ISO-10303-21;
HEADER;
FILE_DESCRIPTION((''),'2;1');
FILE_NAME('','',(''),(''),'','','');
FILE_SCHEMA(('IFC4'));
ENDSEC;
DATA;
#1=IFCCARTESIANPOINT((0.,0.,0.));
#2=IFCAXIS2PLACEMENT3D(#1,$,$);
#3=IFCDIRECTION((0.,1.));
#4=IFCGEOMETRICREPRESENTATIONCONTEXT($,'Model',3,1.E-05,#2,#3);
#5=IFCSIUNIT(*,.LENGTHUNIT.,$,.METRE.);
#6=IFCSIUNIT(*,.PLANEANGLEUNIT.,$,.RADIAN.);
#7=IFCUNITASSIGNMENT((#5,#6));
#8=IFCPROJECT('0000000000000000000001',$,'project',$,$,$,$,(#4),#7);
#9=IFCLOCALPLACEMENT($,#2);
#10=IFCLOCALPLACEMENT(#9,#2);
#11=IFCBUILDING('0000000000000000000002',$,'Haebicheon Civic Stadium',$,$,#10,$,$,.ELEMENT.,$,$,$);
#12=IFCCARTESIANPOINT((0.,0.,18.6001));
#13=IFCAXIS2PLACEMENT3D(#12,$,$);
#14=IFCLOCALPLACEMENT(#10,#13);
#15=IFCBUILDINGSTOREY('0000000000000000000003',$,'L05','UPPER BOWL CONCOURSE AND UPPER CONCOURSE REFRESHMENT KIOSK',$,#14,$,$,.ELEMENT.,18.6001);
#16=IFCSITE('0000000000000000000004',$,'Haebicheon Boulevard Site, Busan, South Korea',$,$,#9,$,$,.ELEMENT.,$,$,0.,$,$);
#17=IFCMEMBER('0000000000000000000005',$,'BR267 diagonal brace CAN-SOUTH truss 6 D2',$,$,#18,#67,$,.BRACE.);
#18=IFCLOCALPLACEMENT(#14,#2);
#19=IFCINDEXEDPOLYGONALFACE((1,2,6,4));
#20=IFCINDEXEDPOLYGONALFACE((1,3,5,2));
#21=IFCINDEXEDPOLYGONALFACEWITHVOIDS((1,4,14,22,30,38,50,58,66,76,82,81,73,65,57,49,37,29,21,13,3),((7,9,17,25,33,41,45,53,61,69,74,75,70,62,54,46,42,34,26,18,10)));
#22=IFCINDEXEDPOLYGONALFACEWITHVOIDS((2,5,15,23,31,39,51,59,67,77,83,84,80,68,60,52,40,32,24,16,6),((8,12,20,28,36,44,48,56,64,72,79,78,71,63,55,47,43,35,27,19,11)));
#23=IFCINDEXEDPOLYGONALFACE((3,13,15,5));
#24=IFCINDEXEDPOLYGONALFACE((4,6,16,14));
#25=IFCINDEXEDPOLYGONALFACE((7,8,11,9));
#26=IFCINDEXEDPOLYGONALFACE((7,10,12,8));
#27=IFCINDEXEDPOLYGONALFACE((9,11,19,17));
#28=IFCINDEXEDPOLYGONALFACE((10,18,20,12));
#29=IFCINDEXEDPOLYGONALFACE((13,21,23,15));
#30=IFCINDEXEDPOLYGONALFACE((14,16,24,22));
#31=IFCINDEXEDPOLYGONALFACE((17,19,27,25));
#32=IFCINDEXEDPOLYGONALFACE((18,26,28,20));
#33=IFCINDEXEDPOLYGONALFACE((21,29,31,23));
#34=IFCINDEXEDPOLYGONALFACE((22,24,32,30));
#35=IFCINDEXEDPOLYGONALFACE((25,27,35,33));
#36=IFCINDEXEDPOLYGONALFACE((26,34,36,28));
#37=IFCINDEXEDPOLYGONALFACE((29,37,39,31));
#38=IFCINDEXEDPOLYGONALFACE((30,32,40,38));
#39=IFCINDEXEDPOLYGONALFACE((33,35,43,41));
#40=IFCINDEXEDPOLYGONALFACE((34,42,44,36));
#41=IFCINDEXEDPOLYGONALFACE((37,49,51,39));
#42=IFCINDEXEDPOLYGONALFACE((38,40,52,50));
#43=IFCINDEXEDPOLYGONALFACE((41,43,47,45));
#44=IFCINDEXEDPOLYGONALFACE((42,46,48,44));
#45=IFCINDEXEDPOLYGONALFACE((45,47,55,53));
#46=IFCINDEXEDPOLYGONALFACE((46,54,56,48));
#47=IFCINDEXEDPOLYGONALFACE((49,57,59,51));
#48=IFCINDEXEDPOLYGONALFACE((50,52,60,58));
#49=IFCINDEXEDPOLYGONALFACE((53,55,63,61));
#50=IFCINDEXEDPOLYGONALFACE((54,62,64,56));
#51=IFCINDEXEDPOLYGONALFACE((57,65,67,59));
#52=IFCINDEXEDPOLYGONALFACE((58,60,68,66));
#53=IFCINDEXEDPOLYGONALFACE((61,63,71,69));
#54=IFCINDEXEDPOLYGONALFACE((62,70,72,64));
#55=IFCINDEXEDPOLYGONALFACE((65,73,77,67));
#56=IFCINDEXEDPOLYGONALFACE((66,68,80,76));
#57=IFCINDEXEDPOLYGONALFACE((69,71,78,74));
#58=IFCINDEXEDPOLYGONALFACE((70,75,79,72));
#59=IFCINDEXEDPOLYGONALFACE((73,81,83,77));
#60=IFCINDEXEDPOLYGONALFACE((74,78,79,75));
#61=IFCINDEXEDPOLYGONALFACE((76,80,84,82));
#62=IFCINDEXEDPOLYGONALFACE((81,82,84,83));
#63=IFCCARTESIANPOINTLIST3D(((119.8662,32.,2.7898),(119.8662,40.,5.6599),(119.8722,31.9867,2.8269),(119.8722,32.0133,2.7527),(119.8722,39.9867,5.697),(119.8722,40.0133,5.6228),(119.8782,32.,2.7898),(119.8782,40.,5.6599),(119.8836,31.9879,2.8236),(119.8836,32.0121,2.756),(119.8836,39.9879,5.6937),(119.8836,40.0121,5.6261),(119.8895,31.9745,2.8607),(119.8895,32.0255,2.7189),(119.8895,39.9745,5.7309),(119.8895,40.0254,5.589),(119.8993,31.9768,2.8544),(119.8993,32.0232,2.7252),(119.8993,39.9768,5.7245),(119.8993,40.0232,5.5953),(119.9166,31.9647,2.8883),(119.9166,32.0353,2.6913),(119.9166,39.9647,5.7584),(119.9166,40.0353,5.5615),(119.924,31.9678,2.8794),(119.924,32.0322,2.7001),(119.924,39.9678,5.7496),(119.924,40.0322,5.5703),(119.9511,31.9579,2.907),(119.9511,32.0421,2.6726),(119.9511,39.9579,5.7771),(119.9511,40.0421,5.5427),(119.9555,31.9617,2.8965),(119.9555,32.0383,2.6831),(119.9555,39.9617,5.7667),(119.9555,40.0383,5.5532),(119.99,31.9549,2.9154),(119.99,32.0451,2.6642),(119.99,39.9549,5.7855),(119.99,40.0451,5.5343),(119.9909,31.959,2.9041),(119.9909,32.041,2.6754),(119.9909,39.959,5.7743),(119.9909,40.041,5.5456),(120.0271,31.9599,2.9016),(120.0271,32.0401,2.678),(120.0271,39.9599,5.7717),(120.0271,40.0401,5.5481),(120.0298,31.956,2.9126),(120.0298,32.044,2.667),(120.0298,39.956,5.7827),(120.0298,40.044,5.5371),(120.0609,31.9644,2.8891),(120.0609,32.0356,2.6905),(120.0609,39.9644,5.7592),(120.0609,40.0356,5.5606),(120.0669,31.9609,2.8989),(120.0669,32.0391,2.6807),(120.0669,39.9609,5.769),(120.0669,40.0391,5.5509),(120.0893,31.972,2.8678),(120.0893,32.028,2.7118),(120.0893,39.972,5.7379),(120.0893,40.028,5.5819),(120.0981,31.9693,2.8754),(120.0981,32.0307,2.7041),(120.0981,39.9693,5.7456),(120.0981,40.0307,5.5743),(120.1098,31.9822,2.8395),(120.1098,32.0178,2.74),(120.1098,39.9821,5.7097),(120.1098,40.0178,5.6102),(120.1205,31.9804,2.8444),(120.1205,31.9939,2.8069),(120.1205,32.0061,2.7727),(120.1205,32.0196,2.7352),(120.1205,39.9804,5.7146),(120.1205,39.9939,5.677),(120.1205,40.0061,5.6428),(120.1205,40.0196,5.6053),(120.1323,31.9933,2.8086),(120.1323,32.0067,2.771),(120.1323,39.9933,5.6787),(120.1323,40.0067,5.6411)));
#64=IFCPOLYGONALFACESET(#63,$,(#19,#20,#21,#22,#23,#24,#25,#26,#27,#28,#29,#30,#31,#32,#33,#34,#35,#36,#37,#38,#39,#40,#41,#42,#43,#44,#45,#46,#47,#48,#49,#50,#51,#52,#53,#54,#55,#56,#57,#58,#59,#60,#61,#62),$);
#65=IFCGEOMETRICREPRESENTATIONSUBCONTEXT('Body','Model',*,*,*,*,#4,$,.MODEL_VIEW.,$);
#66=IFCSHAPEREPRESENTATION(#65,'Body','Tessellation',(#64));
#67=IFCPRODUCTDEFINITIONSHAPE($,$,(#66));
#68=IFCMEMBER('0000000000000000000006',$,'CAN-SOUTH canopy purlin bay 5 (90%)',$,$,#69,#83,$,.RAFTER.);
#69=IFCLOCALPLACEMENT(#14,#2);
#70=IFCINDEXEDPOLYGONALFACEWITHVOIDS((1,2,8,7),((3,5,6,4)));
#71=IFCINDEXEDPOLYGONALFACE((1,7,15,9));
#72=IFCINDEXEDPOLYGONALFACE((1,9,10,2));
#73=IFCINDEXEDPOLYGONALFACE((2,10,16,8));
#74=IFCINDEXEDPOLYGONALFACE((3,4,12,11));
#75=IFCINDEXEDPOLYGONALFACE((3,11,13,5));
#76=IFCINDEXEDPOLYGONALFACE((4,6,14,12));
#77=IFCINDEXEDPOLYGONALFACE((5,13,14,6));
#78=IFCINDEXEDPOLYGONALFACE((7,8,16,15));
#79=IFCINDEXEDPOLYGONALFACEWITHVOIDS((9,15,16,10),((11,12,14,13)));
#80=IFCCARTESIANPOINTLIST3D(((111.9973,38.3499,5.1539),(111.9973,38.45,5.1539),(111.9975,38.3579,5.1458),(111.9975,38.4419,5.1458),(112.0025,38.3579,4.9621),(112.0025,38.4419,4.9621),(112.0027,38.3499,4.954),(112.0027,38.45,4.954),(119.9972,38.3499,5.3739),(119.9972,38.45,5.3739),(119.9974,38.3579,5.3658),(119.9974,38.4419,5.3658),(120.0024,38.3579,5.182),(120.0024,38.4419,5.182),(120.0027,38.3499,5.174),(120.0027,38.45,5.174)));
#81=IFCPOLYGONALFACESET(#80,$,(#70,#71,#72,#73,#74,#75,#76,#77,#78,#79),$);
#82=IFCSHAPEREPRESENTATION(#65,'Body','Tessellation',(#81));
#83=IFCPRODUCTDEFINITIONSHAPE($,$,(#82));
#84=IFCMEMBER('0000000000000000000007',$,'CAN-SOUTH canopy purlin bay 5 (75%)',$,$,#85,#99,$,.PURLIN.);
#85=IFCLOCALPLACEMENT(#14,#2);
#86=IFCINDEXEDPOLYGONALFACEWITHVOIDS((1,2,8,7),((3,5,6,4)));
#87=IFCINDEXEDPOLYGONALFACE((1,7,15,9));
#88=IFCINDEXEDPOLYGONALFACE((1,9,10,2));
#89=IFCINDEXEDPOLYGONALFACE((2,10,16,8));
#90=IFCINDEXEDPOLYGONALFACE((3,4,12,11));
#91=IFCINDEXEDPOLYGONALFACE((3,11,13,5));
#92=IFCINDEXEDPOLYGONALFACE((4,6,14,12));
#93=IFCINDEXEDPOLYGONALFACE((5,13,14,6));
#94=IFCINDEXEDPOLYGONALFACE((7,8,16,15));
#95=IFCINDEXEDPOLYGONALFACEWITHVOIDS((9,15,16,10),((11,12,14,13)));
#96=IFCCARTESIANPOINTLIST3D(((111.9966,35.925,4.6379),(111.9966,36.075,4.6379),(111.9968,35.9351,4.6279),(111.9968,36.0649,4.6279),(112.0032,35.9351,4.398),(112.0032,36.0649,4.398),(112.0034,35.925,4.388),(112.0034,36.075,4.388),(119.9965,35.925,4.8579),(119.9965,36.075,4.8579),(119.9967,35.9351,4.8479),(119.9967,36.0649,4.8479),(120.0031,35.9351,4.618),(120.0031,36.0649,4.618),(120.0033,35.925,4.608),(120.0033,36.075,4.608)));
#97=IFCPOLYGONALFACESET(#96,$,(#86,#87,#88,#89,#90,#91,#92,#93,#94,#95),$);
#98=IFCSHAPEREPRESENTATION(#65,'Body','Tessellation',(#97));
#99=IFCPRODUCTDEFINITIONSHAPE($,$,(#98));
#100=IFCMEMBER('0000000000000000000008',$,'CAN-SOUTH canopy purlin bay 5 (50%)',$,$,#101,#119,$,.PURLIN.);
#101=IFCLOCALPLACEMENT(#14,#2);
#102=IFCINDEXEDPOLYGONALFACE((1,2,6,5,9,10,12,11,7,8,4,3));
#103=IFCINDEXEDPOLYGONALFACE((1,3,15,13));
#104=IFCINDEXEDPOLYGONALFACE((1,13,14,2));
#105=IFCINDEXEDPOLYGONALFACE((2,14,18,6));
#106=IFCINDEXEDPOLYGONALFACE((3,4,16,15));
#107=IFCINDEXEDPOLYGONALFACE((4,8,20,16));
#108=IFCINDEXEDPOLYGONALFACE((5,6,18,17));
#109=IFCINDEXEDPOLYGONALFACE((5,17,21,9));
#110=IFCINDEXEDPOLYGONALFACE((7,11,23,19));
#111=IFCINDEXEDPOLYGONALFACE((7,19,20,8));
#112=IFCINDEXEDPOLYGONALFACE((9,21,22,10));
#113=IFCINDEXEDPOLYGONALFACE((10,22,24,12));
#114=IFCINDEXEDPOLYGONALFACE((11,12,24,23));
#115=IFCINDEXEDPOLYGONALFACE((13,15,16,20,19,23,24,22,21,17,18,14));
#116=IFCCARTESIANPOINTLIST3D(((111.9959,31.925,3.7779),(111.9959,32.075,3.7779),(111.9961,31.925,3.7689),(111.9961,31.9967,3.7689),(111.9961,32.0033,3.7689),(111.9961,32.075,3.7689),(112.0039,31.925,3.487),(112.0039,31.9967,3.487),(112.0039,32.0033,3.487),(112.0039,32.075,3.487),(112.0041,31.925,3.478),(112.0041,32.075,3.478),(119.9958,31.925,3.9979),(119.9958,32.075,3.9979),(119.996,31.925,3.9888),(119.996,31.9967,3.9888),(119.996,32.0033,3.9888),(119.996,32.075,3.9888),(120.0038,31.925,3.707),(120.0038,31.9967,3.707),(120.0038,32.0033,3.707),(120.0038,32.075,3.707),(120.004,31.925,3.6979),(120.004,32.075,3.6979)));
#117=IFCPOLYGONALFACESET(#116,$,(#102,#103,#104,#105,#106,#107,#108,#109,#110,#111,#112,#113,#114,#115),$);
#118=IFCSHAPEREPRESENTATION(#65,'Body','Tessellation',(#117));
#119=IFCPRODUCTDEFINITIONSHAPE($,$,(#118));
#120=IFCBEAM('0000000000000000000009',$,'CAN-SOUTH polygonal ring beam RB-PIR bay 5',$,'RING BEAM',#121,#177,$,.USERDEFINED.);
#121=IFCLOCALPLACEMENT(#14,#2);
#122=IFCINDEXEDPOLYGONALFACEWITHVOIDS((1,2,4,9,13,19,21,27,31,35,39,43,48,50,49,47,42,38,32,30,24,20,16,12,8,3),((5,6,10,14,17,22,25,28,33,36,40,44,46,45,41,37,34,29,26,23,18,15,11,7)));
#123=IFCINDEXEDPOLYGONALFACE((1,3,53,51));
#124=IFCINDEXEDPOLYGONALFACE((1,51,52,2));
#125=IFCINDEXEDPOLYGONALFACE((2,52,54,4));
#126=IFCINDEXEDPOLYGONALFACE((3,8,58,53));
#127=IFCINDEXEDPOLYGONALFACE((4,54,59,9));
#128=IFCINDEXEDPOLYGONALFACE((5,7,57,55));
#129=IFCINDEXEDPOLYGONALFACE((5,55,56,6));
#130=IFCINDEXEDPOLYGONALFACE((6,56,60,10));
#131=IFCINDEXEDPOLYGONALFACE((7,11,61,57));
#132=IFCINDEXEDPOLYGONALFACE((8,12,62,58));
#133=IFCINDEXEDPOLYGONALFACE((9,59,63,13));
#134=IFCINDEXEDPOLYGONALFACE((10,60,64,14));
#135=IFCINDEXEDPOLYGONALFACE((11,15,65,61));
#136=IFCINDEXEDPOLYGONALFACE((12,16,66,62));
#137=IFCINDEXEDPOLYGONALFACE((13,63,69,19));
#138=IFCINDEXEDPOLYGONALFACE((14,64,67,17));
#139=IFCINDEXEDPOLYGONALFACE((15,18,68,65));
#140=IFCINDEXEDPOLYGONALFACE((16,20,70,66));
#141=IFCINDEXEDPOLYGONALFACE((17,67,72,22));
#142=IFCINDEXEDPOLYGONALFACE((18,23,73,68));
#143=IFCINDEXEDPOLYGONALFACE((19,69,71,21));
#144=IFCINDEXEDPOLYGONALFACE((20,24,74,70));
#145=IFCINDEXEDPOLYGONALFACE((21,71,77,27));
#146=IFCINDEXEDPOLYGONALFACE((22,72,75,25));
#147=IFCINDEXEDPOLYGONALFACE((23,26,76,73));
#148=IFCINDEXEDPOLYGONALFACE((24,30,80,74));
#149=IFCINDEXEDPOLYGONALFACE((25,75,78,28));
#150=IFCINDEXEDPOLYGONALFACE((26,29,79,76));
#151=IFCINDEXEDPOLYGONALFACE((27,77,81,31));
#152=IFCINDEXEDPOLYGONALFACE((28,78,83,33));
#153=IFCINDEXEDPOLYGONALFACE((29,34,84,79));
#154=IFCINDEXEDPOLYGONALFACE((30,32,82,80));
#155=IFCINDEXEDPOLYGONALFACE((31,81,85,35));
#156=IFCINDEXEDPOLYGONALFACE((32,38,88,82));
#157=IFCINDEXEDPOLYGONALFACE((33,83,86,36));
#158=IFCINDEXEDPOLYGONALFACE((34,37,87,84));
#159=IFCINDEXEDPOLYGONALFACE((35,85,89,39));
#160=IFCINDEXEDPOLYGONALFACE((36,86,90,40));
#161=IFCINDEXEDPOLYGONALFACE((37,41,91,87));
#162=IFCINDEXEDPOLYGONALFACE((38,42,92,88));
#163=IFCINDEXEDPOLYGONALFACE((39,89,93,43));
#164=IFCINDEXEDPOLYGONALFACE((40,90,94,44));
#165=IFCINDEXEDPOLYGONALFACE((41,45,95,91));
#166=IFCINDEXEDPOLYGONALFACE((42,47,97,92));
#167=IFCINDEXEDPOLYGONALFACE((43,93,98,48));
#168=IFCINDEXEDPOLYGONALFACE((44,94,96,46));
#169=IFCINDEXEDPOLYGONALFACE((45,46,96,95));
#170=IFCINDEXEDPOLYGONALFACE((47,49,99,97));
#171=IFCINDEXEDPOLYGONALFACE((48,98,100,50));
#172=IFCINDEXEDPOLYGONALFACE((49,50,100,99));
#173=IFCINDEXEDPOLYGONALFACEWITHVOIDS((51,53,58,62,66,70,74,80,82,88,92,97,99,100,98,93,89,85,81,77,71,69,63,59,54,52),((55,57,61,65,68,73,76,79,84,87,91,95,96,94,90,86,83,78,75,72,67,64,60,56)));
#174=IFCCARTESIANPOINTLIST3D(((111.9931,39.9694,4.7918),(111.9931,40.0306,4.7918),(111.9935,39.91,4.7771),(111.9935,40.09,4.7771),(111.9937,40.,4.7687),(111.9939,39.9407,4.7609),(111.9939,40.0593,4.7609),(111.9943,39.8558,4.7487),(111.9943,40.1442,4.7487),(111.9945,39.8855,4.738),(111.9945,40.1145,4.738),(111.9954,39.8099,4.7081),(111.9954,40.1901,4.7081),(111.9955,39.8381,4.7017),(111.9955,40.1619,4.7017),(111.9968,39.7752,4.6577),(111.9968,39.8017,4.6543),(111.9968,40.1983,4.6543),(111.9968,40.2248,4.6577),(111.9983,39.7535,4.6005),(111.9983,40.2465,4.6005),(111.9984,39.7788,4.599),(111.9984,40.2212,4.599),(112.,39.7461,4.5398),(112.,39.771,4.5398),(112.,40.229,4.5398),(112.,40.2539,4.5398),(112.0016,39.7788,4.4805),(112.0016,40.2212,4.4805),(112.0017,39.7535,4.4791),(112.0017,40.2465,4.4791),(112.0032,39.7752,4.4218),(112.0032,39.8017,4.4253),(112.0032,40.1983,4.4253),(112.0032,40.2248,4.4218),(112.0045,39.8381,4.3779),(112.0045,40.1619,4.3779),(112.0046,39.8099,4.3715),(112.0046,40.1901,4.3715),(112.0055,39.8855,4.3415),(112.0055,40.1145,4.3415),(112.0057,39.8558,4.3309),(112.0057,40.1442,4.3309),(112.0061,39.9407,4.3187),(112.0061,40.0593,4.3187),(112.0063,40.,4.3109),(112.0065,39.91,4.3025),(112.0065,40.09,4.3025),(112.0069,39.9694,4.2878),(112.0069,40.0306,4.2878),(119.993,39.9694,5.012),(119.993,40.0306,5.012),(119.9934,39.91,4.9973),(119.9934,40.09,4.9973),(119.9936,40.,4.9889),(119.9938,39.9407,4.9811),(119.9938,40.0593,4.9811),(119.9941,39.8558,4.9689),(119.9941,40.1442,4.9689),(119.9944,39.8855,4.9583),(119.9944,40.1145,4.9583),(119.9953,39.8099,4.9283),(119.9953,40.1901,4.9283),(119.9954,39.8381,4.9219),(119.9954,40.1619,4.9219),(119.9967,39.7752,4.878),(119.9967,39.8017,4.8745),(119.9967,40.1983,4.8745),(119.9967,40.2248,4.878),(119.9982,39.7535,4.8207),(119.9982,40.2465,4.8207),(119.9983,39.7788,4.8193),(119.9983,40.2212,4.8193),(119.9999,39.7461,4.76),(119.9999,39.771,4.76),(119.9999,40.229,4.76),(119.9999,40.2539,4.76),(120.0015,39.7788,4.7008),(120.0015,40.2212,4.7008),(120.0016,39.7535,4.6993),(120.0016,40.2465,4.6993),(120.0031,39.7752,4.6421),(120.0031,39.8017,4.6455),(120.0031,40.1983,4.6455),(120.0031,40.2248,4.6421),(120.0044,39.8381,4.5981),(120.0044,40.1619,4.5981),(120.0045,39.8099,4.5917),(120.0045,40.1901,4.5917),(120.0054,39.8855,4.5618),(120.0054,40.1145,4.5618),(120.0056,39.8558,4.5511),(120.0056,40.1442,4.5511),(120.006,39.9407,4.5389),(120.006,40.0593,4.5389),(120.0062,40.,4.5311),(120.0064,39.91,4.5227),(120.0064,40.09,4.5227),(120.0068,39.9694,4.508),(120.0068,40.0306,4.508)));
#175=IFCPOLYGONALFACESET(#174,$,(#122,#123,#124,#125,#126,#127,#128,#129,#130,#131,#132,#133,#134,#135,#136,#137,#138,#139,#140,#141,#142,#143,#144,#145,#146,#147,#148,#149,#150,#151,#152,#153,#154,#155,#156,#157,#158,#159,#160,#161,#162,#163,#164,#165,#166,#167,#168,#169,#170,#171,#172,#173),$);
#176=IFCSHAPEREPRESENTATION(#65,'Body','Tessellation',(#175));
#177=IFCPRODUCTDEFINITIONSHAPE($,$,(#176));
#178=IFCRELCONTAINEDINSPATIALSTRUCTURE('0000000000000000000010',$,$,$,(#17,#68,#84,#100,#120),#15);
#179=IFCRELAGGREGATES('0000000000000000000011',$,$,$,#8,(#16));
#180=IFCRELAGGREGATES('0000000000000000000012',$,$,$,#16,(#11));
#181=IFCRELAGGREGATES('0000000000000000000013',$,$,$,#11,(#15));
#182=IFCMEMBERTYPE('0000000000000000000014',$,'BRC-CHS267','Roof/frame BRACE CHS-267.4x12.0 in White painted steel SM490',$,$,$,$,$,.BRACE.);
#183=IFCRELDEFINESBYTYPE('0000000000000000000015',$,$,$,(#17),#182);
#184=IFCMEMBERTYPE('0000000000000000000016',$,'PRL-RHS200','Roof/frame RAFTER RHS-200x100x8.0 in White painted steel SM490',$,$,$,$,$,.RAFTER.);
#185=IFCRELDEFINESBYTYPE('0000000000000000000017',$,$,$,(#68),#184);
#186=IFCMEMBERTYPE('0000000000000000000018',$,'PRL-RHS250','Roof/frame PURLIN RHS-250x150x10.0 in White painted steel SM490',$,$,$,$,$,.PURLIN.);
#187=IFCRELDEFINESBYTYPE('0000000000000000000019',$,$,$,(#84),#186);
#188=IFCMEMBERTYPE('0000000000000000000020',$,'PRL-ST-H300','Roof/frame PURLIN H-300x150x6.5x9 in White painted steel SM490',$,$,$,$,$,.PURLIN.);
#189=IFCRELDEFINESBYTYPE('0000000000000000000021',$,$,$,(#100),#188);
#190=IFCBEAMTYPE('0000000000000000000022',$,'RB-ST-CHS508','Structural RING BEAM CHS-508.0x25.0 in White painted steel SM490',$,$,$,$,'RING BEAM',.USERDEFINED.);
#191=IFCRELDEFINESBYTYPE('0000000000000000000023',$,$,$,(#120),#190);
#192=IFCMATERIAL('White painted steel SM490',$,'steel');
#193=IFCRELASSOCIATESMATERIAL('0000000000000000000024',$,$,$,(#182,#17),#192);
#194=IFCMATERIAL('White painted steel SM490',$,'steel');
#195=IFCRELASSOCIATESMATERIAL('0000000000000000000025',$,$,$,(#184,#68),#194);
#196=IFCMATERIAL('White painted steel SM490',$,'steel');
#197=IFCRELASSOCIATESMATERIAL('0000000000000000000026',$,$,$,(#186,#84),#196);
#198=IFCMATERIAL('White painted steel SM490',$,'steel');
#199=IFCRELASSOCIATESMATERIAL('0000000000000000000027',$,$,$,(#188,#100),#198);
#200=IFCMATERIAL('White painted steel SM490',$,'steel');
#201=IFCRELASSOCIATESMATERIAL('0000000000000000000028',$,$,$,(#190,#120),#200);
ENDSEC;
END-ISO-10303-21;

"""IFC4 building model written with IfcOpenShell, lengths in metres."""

from ifc_helpers import new_model, si_unit, direction, frame, origin, origin_2d, place, context, subcontext, project, spatial, hollow_rectangle, hollow_circle, i_section, extrude, material, material_profile, profile_set, type_object, element, save


model = new_model("IFC4")

# Units and contexts
model_context = context("Model", 3, precision=1e-05, world=origin(), true_north=direction((0.0, 1.0)))
body_context = subcontext(model_context, "Body", "Model", "MODEL_VIEW")
ifc_project = project(units=[si_unit("LENGTHUNIT", "METRE"), si_unit("PLANEANGLEUNIT", "RADIAN")], contexts=[model_context])

# Site, building, storey
site_placement = place(None, origin())
site = spatial("IfcSite", under=ifc_project, at=site_placement, Name="Haebicheon Boulevard Site, Busan, South Korea", CompositionType="ELEMENT", RefElevation=0.0)
building_placement = place(site_placement, origin())
building = spatial("IfcBuilding", under=site, at=building_placement, Name="Haebicheon Civic Stadium", CompositionType="ELEMENT")
storey_placement = place(building_placement, frame((0.0, 0.0, 18.6001)))
storey = spatial("IfcBuildingStorey", under=building, at=storey_placement, Name="L05", Description="UPPER BOWL CONCOURSE AND UPPER CONCOURSE REFRESHMENT KIOSK", CompositionType="ELEMENT", Elevation=18.6001)

# Members
ifc_material_1 = material(Name="White painted steel SM490", Category="steel")
ifc_material_profile_1 = material_profile(ifc_material_1, hollow_circle(Radius=0.1338, WallThickness=0.012, at=origin_2d()), Name="CHS-267.4x12.0")
ifc_profile_set_1 = profile_set([ifc_material_profile_1], Name="White painted steel SM490")
member_type_1 = type_object("IfcMemberType", Name="BRC-CHS267", Description="Roof/frame BRACE CHS-267.4x12.0 in White painted steel SM490", PredefinedType="BRACE", material=ifc_profile_set_1)
member_1_placement = place(storey_placement, frame((120.0, 32.0, 2.7898), z_axis=(0.0, 0.941257, 0.33769), x_axis=(-1.0, 0.0, 0.0)))
element("IfcMember", 1, at=member_1_placement, inside=storey, type_object=member_type_1, material=ifc_profile_set_1, Name="BR267 diagonal brace CAN-SOUTH truss 6 D2", PredefinedType="BRACE", context=body_context, shape_type="SweptSolid", body=[
    extrude(hollow_circle(Radius=0.1338, WallThickness=0.012, at=origin_2d()), origin(), (0.0, 0.0, 1.0), 8.4993),
])
ifc_material_2 = material(Name="White painted steel SM490", Category="steel")
ifc_material_profile_2 = material_profile(ifc_material_2, hollow_rectangle(XDim=0.1001, YDim=0.2, WallThickness=0.0081, at=origin_2d()), Name="RHS-200x100x8.0")
ifc_profile_set_2 = profile_set([ifc_material_profile_2], Name="White painted steel SM490")
member_type_2 = type_object("IfcMemberType", Name="PRL-RHS200", Description="Roof/frame RAFTER RHS-200x100x8.0 in White painted steel SM490", PredefinedType="RAFTER", material=ifc_profile_set_2)
member_2_placement = place(storey_placement, frame((112.0, 38.3999, 5.054), z_axis=(0.999622, 0.0, 0.027486), x_axis=(0.0, 1.0, 0.0)))
element("IfcMember", 2, at=member_2_placement, inside=storey, type_object=member_type_2, material=ifc_profile_set_2, Name="CAN-SOUTH canopy purlin bay 5 (90%)", PredefinedType="RAFTER", context=body_context, shape_type="SweptSolid", body=[
    extrude(hollow_rectangle(XDim=0.1001, YDim=0.2, WallThickness=0.0081, at=origin_2d()), origin(), (0.0, 0.0, 1.0), 8.0029),
])
ifc_material_3 = material(Name="White painted steel SM490", Category="steel")
ifc_material_profile_3 = material_profile(ifc_material_3, hollow_rectangle(XDim=0.1499, YDim=0.25, WallThickness=0.01, at=origin_2d()), Name="RHS-250x150x10.0")
ifc_profile_set_3 = profile_set([ifc_material_profile_3], Name="White painted steel SM490")
member_type_3 = type_object("IfcMemberType", Name="PRL-RHS250", Description="Roof/frame PURLIN RHS-250x150x10.0 in White painted steel SM490", PredefinedType="PURLIN", material=ifc_profile_set_3)
member_3_placement = place(storey_placement, frame((112.0, 36.0, 4.5129), z_axis=(0.999622, 0.0, 0.027486), x_axis=(0.0, 1.0, 0.0)))
element("IfcMember", 3, at=member_3_placement, inside=storey, type_object=member_type_3, material=ifc_profile_set_3, Name="CAN-SOUTH canopy purlin bay 5 (75%)", PredefinedType="PURLIN", context=body_context, shape_type="SweptSolid", body=[
    extrude(hollow_rectangle(XDim=0.1499, YDim=0.25, WallThickness=0.01, at=origin_2d()), origin(), (0.0, 0.0, 1.0), 8.0029),
])
ifc_material_4 = material(Name="White painted steel SM490", Category="steel")
ifc_material_profile_4 = material_profile(ifc_material_4, i_section(OverallWidth=0.1499, OverallDepth=0.3, WebThickness=0.0066, FlangeThickness=0.009, at=origin_2d()), Name="H-300x150x6.5x9")
ifc_profile_set_4 = profile_set([ifc_material_profile_4], Name="White painted steel SM490")
member_type_4 = type_object("IfcMemberType", Name="PRL-ST-H300", Description="Roof/frame PURLIN H-300x150x6.5x9 in White painted steel SM490", PredefinedType="PURLIN", material=ifc_profile_set_4)
member_4_placement = place(storey_placement, frame((112.0, 32.0, 3.6279), z_axis=(0.999622, 0.0, 0.027486), x_axis=(0.0, 1.0, 0.0)))
element("IfcMember", 4, at=member_4_placement, inside=storey, type_object=member_type_4, material=ifc_profile_set_4, Name="CAN-SOUTH canopy purlin bay 5 (50%)", PredefinedType="PURLIN", context=body_context, shape_type="SweptSolid", body=[
    extrude(i_section(OverallWidth=0.1499, OverallDepth=0.3, WebThickness=0.0066, FlangeThickness=0.009, at=origin_2d()), origin(), (0.0, 0.0, 1.0), 8.0029),
])

# Beam
ifc_material_5 = material(Name="White painted steel SM490", Category="steel")
ifc_material_profile_5 = material_profile(ifc_material_5, hollow_circle(Radius=0.2539, WallThickness=0.0249, at=origin_2d()), Name="CHS-508.0x25.0")
ifc_profile_set_5 = profile_set([ifc_material_profile_5], Name="White painted steel SM490")
beam_type_1 = type_object("IfcBeamType", Name="RB-ST-CHS508", Description="Structural RING BEAM CHS-508.0x25.0 in White painted steel SM490", ElementType="RING BEAM", PredefinedType="USERDEFINED", material=ifc_profile_set_5)
beam_1_placement = place(storey_placement, frame((112.0, 40.0, 4.5398), z_axis=(0.999621, 0.0, 0.027516), x_axis=(0.0, 1.0, 0.0)))
element("IfcBeam", 5, at=beam_1_placement, inside=storey, type_object=beam_type_1, material=ifc_profile_set_5, Name="CAN-SOUTH polygonal ring beam RB-PIR bay 5", ObjectType="RING BEAM", PredefinedType="USERDEFINED", context=body_context, shape_type="SweptSolid", body=[
    extrude(hollow_circle(Radius=0.2539, WallThickness=0.0249, at=origin_2d()), origin(), (0.0, 0.0, 1.0), 8.0029),
])

save(model, "model.ifc")
